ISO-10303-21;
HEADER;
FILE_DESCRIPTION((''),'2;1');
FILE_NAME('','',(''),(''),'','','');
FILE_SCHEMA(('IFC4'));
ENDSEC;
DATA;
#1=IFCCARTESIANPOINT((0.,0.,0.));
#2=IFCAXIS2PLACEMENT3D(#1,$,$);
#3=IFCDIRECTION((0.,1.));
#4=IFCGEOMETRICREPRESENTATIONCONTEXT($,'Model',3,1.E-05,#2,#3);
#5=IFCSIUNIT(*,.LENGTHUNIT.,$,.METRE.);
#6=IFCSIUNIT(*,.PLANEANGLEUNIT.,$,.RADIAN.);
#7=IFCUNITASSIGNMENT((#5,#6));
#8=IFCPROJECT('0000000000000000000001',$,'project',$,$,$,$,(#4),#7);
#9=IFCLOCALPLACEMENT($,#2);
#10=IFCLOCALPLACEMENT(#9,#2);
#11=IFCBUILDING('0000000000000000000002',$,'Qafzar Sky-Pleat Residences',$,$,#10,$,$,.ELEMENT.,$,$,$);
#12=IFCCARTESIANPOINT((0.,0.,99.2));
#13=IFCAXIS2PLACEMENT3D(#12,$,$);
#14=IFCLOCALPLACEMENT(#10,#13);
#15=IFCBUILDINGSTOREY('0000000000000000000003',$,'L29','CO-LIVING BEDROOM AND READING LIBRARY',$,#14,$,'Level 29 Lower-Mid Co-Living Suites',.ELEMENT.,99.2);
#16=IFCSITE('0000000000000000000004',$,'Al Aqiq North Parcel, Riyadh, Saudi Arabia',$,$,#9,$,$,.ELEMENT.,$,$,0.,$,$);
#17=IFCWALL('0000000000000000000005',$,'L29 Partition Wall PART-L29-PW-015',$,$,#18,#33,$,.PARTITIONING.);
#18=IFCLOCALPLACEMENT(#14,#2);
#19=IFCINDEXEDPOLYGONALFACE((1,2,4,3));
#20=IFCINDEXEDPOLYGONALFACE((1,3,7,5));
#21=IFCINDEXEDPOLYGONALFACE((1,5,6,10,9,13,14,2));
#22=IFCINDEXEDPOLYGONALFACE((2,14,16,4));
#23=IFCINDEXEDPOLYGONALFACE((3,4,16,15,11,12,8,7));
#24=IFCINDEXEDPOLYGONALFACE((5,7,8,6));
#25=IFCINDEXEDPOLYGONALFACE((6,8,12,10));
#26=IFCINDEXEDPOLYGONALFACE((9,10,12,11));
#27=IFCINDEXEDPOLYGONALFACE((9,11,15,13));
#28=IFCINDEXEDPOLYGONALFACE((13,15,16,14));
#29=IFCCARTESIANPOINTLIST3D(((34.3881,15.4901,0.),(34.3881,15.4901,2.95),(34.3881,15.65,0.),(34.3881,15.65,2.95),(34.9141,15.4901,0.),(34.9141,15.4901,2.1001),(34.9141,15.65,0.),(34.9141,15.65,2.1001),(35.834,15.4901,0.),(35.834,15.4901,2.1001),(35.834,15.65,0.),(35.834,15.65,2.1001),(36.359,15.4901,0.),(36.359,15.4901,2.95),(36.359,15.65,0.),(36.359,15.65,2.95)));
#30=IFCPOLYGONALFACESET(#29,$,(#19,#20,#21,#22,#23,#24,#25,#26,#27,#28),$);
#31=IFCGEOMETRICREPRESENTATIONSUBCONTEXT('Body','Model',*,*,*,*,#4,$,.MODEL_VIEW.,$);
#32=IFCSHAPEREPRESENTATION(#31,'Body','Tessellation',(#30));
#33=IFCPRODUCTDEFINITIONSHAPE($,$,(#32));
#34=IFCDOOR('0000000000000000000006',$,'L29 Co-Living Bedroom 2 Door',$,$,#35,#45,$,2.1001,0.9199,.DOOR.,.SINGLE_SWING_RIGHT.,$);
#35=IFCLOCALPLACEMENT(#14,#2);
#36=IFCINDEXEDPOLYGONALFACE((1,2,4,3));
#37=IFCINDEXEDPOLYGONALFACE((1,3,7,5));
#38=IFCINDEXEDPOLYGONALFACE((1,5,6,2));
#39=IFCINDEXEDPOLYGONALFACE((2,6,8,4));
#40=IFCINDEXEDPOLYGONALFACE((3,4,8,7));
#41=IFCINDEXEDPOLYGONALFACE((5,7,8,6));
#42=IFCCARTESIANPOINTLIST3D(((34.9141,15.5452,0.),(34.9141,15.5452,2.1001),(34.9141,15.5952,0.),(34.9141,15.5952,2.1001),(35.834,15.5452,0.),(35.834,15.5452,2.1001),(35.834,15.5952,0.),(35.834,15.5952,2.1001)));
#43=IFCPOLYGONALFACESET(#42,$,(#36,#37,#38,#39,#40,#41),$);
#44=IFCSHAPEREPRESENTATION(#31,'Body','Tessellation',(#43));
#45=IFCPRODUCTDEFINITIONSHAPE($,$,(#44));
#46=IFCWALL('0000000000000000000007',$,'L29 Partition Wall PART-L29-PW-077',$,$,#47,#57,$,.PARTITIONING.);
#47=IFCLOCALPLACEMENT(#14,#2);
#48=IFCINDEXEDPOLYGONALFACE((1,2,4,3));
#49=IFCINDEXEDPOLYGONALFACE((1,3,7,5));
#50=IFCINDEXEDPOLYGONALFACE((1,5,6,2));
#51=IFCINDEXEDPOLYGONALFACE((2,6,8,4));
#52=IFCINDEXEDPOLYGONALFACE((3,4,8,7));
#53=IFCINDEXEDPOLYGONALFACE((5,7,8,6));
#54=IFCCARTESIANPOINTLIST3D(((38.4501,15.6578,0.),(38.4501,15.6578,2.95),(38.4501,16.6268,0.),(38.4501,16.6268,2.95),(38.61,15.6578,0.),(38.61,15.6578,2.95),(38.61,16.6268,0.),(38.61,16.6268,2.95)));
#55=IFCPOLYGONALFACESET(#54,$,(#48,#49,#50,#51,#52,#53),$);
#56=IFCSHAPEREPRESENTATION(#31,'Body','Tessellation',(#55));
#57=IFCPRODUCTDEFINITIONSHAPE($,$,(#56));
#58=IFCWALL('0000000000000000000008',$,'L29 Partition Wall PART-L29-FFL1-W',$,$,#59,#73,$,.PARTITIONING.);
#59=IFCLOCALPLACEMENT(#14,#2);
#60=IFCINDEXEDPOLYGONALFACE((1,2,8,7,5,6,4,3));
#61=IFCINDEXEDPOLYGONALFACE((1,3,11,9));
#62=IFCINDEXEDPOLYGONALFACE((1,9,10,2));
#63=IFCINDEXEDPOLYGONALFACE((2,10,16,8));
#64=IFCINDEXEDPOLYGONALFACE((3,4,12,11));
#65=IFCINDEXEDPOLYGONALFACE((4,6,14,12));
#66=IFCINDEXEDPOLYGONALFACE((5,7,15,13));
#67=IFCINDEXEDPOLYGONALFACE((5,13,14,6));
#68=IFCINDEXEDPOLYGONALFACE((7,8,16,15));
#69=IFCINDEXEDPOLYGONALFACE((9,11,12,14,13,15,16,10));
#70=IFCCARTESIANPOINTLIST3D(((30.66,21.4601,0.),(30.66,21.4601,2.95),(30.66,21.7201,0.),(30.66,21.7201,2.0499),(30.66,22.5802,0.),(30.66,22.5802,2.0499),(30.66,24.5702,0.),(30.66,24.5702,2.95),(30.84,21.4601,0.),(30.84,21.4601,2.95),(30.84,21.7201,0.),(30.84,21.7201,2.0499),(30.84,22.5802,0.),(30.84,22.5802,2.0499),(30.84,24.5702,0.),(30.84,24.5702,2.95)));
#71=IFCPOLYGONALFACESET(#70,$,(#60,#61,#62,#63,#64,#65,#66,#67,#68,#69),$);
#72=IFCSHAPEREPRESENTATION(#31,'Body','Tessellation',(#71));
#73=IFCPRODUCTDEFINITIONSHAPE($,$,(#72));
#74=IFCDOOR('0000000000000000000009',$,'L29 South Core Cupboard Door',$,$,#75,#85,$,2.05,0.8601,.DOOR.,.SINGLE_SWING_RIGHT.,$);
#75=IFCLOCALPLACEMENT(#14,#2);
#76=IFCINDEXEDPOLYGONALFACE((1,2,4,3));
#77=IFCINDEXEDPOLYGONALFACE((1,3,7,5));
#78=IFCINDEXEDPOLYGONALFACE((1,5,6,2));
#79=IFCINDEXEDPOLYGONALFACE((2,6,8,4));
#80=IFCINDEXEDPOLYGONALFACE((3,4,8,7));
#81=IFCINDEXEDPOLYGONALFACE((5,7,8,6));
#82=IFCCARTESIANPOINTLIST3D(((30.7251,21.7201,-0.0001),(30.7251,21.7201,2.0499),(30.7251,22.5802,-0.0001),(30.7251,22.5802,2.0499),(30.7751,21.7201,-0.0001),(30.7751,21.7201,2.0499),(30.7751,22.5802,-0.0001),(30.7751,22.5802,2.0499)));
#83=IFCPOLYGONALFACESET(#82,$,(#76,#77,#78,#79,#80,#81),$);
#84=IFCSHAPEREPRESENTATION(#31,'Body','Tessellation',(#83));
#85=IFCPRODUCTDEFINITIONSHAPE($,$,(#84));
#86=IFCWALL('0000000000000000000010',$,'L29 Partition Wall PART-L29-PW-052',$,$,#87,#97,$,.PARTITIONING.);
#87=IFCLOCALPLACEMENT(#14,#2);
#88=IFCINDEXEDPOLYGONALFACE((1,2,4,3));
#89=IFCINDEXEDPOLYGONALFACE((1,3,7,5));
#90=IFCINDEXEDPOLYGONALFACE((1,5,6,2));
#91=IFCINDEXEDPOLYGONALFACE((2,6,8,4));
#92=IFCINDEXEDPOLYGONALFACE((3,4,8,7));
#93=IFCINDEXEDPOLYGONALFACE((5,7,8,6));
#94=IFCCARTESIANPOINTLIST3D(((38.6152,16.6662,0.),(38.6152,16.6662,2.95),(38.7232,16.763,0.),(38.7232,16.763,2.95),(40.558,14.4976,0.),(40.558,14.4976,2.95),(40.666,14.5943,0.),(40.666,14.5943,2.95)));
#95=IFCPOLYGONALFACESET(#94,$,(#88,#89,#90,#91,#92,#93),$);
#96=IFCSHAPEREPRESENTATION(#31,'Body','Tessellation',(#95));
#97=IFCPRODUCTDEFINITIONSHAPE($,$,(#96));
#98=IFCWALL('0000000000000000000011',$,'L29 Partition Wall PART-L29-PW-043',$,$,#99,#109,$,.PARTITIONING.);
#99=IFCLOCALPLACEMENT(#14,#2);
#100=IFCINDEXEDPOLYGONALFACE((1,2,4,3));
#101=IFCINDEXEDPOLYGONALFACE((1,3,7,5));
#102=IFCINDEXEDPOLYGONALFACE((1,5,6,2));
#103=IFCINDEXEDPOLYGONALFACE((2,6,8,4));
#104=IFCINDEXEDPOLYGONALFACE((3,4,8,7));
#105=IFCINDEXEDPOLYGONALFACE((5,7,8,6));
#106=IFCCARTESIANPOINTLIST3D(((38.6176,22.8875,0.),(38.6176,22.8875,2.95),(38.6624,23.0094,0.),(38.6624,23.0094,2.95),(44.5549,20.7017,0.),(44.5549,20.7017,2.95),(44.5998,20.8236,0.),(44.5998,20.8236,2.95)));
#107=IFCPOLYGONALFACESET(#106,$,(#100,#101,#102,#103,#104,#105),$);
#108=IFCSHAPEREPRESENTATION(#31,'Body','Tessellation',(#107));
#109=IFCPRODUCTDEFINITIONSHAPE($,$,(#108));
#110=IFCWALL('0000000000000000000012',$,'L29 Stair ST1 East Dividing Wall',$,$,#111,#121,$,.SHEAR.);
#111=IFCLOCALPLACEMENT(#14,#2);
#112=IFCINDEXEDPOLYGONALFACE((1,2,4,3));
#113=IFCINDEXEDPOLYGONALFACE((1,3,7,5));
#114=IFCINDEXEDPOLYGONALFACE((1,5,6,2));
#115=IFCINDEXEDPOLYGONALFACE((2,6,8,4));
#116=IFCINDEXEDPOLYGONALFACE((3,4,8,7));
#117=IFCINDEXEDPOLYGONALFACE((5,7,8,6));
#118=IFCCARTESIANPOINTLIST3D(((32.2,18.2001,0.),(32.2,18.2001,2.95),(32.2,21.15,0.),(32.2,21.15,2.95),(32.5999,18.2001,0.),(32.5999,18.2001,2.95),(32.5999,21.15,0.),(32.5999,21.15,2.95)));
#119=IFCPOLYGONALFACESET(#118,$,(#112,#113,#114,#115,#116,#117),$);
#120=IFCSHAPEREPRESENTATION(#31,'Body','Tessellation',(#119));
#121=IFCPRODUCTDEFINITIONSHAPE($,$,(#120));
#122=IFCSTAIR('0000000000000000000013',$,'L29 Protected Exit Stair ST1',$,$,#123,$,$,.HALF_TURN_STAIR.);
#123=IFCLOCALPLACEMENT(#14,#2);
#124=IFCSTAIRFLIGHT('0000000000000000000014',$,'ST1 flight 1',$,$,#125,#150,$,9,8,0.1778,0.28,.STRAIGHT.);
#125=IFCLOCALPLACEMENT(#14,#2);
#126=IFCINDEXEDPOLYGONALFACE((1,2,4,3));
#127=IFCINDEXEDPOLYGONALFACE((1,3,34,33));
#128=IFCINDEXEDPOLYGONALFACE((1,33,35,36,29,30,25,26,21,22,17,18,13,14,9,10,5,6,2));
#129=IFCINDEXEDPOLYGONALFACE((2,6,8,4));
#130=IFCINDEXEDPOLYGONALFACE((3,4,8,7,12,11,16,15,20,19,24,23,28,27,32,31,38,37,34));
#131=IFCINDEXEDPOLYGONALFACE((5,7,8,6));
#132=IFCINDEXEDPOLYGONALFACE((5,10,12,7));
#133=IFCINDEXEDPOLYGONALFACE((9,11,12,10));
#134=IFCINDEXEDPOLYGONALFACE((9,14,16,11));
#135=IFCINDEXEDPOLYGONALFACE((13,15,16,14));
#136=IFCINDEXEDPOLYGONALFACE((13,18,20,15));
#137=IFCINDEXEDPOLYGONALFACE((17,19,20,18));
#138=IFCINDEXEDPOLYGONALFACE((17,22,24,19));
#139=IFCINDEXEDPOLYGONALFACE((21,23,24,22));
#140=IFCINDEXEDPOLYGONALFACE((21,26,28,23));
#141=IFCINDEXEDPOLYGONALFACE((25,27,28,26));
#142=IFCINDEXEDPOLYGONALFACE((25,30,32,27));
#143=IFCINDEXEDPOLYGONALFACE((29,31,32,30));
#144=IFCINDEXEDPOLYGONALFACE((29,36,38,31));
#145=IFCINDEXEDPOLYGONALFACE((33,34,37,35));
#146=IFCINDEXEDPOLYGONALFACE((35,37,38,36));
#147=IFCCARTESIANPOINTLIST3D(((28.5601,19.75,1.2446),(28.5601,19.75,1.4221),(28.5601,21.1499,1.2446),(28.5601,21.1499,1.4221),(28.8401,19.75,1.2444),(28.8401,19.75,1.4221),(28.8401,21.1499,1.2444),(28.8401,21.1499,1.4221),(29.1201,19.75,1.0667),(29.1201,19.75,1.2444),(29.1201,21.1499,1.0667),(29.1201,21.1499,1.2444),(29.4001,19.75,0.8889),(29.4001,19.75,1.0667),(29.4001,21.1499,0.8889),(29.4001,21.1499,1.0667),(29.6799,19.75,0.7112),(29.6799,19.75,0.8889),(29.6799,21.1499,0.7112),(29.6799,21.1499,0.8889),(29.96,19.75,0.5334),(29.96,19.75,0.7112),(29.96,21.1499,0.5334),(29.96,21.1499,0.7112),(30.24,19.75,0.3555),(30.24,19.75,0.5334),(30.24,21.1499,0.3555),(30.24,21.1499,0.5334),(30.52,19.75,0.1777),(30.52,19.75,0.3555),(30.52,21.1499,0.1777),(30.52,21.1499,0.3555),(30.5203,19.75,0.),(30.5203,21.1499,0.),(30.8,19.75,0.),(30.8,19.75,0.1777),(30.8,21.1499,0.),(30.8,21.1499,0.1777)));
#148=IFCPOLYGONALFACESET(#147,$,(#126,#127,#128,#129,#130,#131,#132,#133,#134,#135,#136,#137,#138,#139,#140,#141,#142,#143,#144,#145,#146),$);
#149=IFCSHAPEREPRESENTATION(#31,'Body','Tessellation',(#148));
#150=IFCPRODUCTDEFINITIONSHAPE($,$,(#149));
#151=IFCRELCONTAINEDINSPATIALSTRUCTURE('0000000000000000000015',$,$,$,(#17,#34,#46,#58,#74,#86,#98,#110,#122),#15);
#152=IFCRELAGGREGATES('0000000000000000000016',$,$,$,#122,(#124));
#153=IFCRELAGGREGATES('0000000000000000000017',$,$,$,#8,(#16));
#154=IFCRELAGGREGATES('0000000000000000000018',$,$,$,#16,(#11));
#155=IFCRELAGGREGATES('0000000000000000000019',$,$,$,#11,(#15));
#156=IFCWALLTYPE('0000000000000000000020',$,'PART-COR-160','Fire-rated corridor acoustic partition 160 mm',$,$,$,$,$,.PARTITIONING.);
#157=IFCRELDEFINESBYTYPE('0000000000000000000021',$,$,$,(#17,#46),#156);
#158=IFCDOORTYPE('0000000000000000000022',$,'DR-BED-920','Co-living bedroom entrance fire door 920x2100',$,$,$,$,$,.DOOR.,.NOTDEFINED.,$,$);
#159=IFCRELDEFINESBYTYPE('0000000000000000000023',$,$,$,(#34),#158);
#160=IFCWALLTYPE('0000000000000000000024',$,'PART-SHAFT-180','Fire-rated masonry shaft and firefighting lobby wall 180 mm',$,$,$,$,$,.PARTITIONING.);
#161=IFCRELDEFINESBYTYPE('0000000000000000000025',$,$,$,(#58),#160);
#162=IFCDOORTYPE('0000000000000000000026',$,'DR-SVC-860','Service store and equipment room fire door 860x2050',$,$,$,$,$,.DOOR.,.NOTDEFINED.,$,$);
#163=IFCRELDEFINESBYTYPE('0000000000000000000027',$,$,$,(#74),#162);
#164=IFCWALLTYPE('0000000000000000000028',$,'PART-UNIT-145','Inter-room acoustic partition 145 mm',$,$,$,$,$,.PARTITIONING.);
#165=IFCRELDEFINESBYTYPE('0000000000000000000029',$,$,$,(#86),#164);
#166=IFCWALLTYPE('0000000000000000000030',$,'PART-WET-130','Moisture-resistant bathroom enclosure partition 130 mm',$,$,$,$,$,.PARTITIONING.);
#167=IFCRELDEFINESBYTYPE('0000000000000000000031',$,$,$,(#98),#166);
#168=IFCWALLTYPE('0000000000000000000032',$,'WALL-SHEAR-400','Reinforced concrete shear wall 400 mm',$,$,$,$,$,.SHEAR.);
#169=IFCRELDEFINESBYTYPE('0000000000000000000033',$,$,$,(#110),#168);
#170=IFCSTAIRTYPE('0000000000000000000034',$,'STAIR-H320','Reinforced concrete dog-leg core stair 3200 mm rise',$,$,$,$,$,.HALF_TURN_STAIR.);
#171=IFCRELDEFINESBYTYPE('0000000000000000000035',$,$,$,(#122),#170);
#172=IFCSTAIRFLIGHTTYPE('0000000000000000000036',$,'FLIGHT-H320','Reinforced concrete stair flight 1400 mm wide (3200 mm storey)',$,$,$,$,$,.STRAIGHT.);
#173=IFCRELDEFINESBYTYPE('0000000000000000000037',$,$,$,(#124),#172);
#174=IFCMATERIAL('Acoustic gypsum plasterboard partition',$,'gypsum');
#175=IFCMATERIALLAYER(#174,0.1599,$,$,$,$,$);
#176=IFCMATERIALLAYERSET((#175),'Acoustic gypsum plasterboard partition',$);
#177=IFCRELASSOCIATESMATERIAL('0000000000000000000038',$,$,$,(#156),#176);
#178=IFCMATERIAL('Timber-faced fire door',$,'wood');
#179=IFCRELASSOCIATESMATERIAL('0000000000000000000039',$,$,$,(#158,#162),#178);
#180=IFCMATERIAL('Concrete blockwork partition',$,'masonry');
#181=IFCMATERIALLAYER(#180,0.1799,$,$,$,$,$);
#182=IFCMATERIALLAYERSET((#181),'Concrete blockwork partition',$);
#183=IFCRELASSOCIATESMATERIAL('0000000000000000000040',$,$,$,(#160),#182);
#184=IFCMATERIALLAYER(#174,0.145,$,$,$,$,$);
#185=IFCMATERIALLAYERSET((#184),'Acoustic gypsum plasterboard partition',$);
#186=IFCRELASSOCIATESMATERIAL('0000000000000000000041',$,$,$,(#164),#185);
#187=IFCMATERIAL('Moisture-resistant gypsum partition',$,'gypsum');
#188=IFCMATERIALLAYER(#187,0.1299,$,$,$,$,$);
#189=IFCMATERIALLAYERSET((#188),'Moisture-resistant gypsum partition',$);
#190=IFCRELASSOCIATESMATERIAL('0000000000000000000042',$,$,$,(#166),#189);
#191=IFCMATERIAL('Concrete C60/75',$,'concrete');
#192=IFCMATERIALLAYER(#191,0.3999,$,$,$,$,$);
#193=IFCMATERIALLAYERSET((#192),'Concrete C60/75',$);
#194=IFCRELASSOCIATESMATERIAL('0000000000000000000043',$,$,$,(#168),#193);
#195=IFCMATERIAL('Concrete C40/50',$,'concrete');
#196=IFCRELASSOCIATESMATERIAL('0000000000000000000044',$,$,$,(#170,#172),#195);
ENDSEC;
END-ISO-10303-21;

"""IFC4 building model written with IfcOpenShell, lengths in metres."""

from ifc_helpers import new_model, si_unit, direction, frame, frame_2d, origin, place, context, subcontext, project, spatial, polyline, rectangle, outline, extrude, source, transform, mapped, material, layer, layer_set, type_object, element, fill, aggregate, save


model = new_model("IFC4")

# Units and contexts
model_context = context("Model", 3, precision=1e-05, world=origin(), true_north=direction((0.0, 1.0)))
body_context = subcontext(model_context, "Body", "Model", "MODEL_VIEW")
ifc_project = project(units=[si_unit("LENGTHUNIT", "METRE"), si_unit("PLANEANGLEUNIT", "RADIAN")], contexts=[model_context])

# Site, building, storey
site_placement = place(None, origin())
site = spatial("IfcSite", under=ifc_project, at=site_placement, Name="Al Aqiq North Parcel, Riyadh, Saudi Arabia", CompositionType="ELEMENT", RefElevation=0.0)
building_placement = place(site_placement, origin())
building = spatial("IfcBuilding", under=site, at=building_placement, Name="Qafzar Sky-Pleat Residences", CompositionType="ELEMENT")
storey_placement = place(building_placement, frame((0.0, 0.0, 99.2)))
storey = spatial("IfcBuildingStorey", under=building, at=storey_placement, Name="L29", Description="CO-LIVING BEDROOM AND READING LIBRARY", LongName="Level 29 Lower-Mid Co-Living Suites", CompositionType="ELEMENT", Elevation=99.2)

# Wall, opening, door
ifc_material_1 = material(Name="Acoustic gypsum plasterboard partition", Category="gypsum")
ifc_layer_1 = layer(ifc_material_1, 0.1599)
ifc_layer_set_1 = layer_set([ifc_layer_1], Name="Acoustic gypsum plasterboard partition")
wall_type_1 = type_object("IfcWallType", Name="PART-COR-160", Description="Fire-rated corridor acoustic partition 160 mm", PredefinedType="PARTITIONING", material=ifc_layer_set_1)
ifc_material_2 = material(Name="Timber-faced fire door", Category="wood")
door_type_1 = type_object("IfcDoorType", Name="DR-BED-920", Description="Co-living bedroom entrance fire door 920x2100", OperationType="NOTDEFINED", PredefinedType="DOOR", material=ifc_material_2)
shared_shape_1 = source(origin(), body_context, "Body", "SweptSolid", [
    extrude(rectangle(XDim=0.9199, YDim=2.1001, at=frame_2d((0.46, 1.05))), frame((0.0, 0.0249, 0.0), z_axis=(0.0, -1.0, 0.0), x_axis=(1.0, 0.0, 0.0)), (0.0, 0.0, 1.0), 0.05),
])
wall_1_placement = place(storey_placement, frame((36.3589, 15.5701, 0.0), z_axis=(0.0, 0.0, 1.0), x_axis=(-1.0, 0.0, 0.0)))
wall_1 = element("IfcWall", 1, at=wall_1_placement, inside=storey, type_object=wall_type_1, Name="L29 Partition Wall PART-L29-PW-015", PredefinedType="PARTITIONING", context=body_context, shape_type="SweptSolid", body=[
    extrude(rectangle(XDim=1.9709, YDim=0.1599, at=frame_2d((0.9854, 0.0))), origin(), (0.0, 0.0, 1.0), 2.95),
])
opening_1_placement = place(wall_1_placement, frame((0.5249, 0.0, 0.0)))
opening_1 = element("IfcOpeningElement", 2, at=opening_1_placement, cuts=wall_1, PredefinedType="OPENING", context=body_context, shape_type="SweptSolid", body=[
    extrude(rectangle(XDim=0.9199, YDim=2.1001, at=frame_2d((0.46, 1.05))), frame((0.0, 0.0898, 0.0), z_axis=(0.0, -1.0, 0.0), x_axis=(1.0, 0.0, 0.0)), (0.0, 0.0, 1.0), 0.1799),
])
door_1_placement = place(opening_1_placement, origin())
door_1 = element("IfcDoor", 3, at=door_1_placement, inside=storey, type_object=door_type_1, Name="L29 Co-Living Bedroom 2 Door", OperationType="SINGLE_SWING_RIGHT", OverallHeight=2.1001, OverallWidth=0.9199, PredefinedType="DOOR", context=body_context, shape_type="MappedRepresentation", body=[
    mapped(shared_shape_1, transform((0.0, 0.0, 0.0), x_axis=(1.0, 0.0, 0.0), y_axis=(0.0, 1.0, 0.0), z_axis=(0.0, 0.0, 1.0), scale=1.0)),
])
fill(opening_1, door_1)

# Wall
wall_2_placement = place(storey_placement, frame((38.53, 15.658, 0.0), z_axis=(0.0, 0.0, 1.0), x_axis=(0.0, 1.0, 0.0)))
element("IfcWall", 4, at=wall_2_placement, inside=storey, type_object=wall_type_1, Name="L29 Partition Wall PART-L29-PW-077", PredefinedType="PARTITIONING", context=body_context, shape_type="SweptSolid", body=[
    extrude(rectangle(XDim=0.969, YDim=0.1599, at=frame_2d((0.4844, 0.0))), origin(), (0.0, 0.0, 1.0), 2.95),
])

# Wall, opening, door
ifc_material_3 = material(Name="Concrete blockwork partition", Category="masonry")
ifc_layer_2 = layer(ifc_material_3, 0.1799)
ifc_layer_set_2 = layer_set([ifc_layer_2], Name="Concrete blockwork partition")
wall_type_2 = type_object("IfcWallType", Name="PART-SHAFT-180", Description="Fire-rated masonry shaft and firefighting lobby wall 180 mm", PredefinedType="PARTITIONING", material=ifc_layer_set_2)
wall_3_placement = place(storey_placement, frame((30.75, 21.46, 0.0), z_axis=(0.0, 0.0, 1.0), x_axis=(0.0, 1.0, 0.0)))
wall_3 = element("IfcWall", 5, at=wall_3_placement, inside=storey, type_object=wall_type_2, Name="L29 Partition Wall PART-L29-FFL1-W", PredefinedType="PARTITIONING", context=body_context, shape_type="SweptSolid", body=[
    extrude(rectangle(XDim=3.1101, YDim=0.1799, at=frame_2d((1.5552, 0.0))), origin(), (0.0, 0.0, 1.0), 2.95),
])
opening_2_placement = place(wall_3_placement, frame((0.26, 0.0, 0.0)))
opening_2 = element("IfcOpeningElement", 6, at=opening_2_placement, cuts=wall_3, PredefinedType="OPENING", context=body_context, shape_type="SweptSolid", body=[
    extrude(rectangle(XDim=0.8601, YDim=2.05, at=frame_2d((0.4302, 1.0249))), frame((0.0, 0.1001, 0.0), z_axis=(0.0, -1.0, 0.0), x_axis=(1.0, 0.0, 0.0)), (0.0, 0.0, 1.0), 0.2),
])
door_type_2 = type_object("IfcDoorType", Name="DR-SVC-860", Description="Service store and equipment room fire door 860x2050", OperationType="NOTDEFINED", PredefinedType="DOOR", material=ifc_material_2)
shared_shape_2 = source(origin(), body_context, "Body", "SweptSolid", [
    extrude(rectangle(XDim=0.8601, YDim=2.05, at=frame_2d((0.4302, 1.0249))), frame((0.0, 0.0249, 0.0), z_axis=(0.0, -1.0, 0.0), x_axis=(1.0, 0.0, 0.0)), (0.0, 0.0, 1.0), 0.05),
])
door_2_placement = place(opening_2_placement, origin())
door_2 = element("IfcDoor", 7, at=door_2_placement, inside=storey, type_object=door_type_2, Name="L29 South Core Cupboard Door", OperationType="SINGLE_SWING_RIGHT", OverallHeight=2.05, OverallWidth=0.8601, PredefinedType="DOOR", context=body_context, shape_type="MappedRepresentation", body=[
    mapped(shared_shape_2, transform((0.0, 0.0, 0.0), x_axis=(1.0, 0.0, 0.0), y_axis=(0.0, 1.0, 0.0), z_axis=(0.0, 0.0, 1.0), scale=1.0)),
])
fill(opening_2, door_2)

# Walls
ifc_layer_3 = layer(ifc_material_1, 0.145)
ifc_layer_set_3 = layer_set([ifc_layer_3], Name="Acoustic gypsum plasterboard partition")
wall_type_3 = type_object("IfcWallType", Name="PART-UNIT-145", Description="Inter-room acoustic partition 145 mm", PredefinedType="PARTITIONING", material=ifc_layer_set_3)
wall_4_placement = place(storey_placement, frame((38.6692, 16.7146, 0.0), z_axis=(0.0, 0.0, 1.0), x_axis=(0.667263, -0.744822, 0.0)))
element("IfcWall", 8, at=wall_4_placement, inside=storey, type_object=wall_type_3, Name="L29 Partition Wall PART-L29-PW-052", PredefinedType="PARTITIONING", context=body_context, shape_type="SweptSolid", body=[
    extrude(rectangle(XDim=2.9116, YDim=0.145, at=frame_2d((1.4558, 0.0))), origin(), (0.0, 0.0, 1.0), 2.95),
])
ifc_material_4 = material(Name="Moisture-resistant gypsum partition", Category="gypsum")
ifc_layer_4 = layer(ifc_material_4, 0.1299)
ifc_layer_set_4 = layer_set([ifc_layer_4], Name="Moisture-resistant gypsum partition")
wall_type_4 = type_object("IfcWallType", Name="PART-WET-130", Description="Moisture-resistant bathroom enclosure partition 130 mm", PredefinedType="PARTITIONING", material=ifc_layer_set_4)
wall_5_placement = place(storey_placement, frame((38.6399, 22.9485, 0.0), z_axis=(0.0, 0.0, 1.0), x_axis=(0.938426, -0.34548, 0.0)))
element("IfcWall", 9, at=wall_5_placement, inside=storey, type_object=wall_type_4, Name="L29 Partition Wall PART-L29-PW-043", PredefinedType="PARTITIONING", context=body_context, shape_type="SweptSolid", body=[
    extrude(rectangle(XDim=6.3269, YDim=0.1299, at=frame_2d((3.1636, 0.0))), origin(), (0.0, 0.0, 1.0), 2.95),
])
ifc_material_5 = material(Name="Concrete C60/75", Category="concrete")
ifc_layer_5 = layer(ifc_material_5, 0.3999)
ifc_layer_set_5 = layer_set([ifc_layer_5], Name="Concrete C60/75")
wall_type_5 = type_object("IfcWallType", Name="WALL-SHEAR-400", Description="Reinforced concrete shear wall 400 mm", PredefinedType="SHEAR", material=ifc_layer_set_5)
wall_6_placement = place(storey_placement, frame((32.3999, 18.2, 0.0), z_axis=(0.0, 0.0, 1.0), x_axis=(0.0, 1.0, 0.0)))
element("IfcWall", 10, at=wall_6_placement, inside=storey, type_object=wall_type_5, Name="L29 Stair ST1 East Dividing Wall", PredefinedType="SHEAR", context=body_context, shape_type="SweptSolid", body=[
    extrude(rectangle(XDim=2.95, YDim=0.3999, at=frame_2d((1.4751, 0.0))), origin(), (0.0, 0.0, 1.0), 2.95),
])

# Stair, stair flight
ifc_material_6 = material(Name="Concrete C40/50", Category="concrete")
stair_type = type_object("IfcStairType", Name="STAIR-H320", Description="Reinforced concrete dog-leg core stair 3200 mm rise", PredefinedType="HALF_TURN_STAIR", material=ifc_material_6)
stair_placement = place(storey_placement, origin())
stair = element("IfcStair", 11, at=stair_placement, inside=storey, type_object=stair_type, Name="L29 Protected Exit Stair ST1", PredefinedType="HALF_TURN_STAIR")
stair_flight_type = type_object("IfcStairFlightType", Name="FLIGHT-H320", Description="Reinforced concrete stair flight 1400 mm wide (3200 mm storey)", PredefinedType="STRAIGHT", material=ifc_material_6)
shared_shape_3 = source(origin(), body_context, "Body", "SweptSolid", [
    extrude(outline(polyline([(0.0, 0.0), (0.0, 0.1777), (0.28, 0.1777), (0.28, 0.3555), (0.5601, 0.3555), (0.5601, 0.5334), (0.8401, 0.5334), (0.8401, 0.7112), (1.1201, 0.7112), (1.1201, 0.8889), (1.3999, 0.8889), (1.3999, 1.0667), (1.6799, 1.0667), (1.6799, 1.2444), (1.96, 1.2444), (1.96, 1.4221), (2.24, 1.4221), (2.24, 1.6001), (2.24, 1.2446), (0.2798, 0.0), (0.0, 0.0)])), frame((0.0, 0.7, 0.0), z_axis=(0.0, -1.0, 0.0), x_axis=(1.0, 0.0, 0.0)), (0.0, 0.0, 1.0), 1.3999),
])
stair_flight_1_placement = place(storey_placement, frame((30.8, 20.45, 0.0), z_axis=(0.0, 0.0, 1.0), x_axis=(-1.0, 0.0, 0.0)))
stair_flight_1 = element("IfcStairFlight", 12, at=stair_flight_1_placement, type_object=stair_flight_type, Name="ST1 flight 1", NumberOfRisers=9, NumberOfTreads=8, PredefinedType="STRAIGHT", RiserHeight=0.1778, TreadLength=0.28, context=body_context, shape_type="MappedRepresentation", body=[
    mapped(shared_shape_3, transform((0.0, 0.0, 0.0), x_axis=(1.0, 0.0, 0.0), y_axis=(0.0, 1.0, 0.0), z_axis=(0.0, 0.0, 1.0), scale=1.0)),
])
aggregate(stair, [stair_flight_1])

save(model, "model.ifc")
